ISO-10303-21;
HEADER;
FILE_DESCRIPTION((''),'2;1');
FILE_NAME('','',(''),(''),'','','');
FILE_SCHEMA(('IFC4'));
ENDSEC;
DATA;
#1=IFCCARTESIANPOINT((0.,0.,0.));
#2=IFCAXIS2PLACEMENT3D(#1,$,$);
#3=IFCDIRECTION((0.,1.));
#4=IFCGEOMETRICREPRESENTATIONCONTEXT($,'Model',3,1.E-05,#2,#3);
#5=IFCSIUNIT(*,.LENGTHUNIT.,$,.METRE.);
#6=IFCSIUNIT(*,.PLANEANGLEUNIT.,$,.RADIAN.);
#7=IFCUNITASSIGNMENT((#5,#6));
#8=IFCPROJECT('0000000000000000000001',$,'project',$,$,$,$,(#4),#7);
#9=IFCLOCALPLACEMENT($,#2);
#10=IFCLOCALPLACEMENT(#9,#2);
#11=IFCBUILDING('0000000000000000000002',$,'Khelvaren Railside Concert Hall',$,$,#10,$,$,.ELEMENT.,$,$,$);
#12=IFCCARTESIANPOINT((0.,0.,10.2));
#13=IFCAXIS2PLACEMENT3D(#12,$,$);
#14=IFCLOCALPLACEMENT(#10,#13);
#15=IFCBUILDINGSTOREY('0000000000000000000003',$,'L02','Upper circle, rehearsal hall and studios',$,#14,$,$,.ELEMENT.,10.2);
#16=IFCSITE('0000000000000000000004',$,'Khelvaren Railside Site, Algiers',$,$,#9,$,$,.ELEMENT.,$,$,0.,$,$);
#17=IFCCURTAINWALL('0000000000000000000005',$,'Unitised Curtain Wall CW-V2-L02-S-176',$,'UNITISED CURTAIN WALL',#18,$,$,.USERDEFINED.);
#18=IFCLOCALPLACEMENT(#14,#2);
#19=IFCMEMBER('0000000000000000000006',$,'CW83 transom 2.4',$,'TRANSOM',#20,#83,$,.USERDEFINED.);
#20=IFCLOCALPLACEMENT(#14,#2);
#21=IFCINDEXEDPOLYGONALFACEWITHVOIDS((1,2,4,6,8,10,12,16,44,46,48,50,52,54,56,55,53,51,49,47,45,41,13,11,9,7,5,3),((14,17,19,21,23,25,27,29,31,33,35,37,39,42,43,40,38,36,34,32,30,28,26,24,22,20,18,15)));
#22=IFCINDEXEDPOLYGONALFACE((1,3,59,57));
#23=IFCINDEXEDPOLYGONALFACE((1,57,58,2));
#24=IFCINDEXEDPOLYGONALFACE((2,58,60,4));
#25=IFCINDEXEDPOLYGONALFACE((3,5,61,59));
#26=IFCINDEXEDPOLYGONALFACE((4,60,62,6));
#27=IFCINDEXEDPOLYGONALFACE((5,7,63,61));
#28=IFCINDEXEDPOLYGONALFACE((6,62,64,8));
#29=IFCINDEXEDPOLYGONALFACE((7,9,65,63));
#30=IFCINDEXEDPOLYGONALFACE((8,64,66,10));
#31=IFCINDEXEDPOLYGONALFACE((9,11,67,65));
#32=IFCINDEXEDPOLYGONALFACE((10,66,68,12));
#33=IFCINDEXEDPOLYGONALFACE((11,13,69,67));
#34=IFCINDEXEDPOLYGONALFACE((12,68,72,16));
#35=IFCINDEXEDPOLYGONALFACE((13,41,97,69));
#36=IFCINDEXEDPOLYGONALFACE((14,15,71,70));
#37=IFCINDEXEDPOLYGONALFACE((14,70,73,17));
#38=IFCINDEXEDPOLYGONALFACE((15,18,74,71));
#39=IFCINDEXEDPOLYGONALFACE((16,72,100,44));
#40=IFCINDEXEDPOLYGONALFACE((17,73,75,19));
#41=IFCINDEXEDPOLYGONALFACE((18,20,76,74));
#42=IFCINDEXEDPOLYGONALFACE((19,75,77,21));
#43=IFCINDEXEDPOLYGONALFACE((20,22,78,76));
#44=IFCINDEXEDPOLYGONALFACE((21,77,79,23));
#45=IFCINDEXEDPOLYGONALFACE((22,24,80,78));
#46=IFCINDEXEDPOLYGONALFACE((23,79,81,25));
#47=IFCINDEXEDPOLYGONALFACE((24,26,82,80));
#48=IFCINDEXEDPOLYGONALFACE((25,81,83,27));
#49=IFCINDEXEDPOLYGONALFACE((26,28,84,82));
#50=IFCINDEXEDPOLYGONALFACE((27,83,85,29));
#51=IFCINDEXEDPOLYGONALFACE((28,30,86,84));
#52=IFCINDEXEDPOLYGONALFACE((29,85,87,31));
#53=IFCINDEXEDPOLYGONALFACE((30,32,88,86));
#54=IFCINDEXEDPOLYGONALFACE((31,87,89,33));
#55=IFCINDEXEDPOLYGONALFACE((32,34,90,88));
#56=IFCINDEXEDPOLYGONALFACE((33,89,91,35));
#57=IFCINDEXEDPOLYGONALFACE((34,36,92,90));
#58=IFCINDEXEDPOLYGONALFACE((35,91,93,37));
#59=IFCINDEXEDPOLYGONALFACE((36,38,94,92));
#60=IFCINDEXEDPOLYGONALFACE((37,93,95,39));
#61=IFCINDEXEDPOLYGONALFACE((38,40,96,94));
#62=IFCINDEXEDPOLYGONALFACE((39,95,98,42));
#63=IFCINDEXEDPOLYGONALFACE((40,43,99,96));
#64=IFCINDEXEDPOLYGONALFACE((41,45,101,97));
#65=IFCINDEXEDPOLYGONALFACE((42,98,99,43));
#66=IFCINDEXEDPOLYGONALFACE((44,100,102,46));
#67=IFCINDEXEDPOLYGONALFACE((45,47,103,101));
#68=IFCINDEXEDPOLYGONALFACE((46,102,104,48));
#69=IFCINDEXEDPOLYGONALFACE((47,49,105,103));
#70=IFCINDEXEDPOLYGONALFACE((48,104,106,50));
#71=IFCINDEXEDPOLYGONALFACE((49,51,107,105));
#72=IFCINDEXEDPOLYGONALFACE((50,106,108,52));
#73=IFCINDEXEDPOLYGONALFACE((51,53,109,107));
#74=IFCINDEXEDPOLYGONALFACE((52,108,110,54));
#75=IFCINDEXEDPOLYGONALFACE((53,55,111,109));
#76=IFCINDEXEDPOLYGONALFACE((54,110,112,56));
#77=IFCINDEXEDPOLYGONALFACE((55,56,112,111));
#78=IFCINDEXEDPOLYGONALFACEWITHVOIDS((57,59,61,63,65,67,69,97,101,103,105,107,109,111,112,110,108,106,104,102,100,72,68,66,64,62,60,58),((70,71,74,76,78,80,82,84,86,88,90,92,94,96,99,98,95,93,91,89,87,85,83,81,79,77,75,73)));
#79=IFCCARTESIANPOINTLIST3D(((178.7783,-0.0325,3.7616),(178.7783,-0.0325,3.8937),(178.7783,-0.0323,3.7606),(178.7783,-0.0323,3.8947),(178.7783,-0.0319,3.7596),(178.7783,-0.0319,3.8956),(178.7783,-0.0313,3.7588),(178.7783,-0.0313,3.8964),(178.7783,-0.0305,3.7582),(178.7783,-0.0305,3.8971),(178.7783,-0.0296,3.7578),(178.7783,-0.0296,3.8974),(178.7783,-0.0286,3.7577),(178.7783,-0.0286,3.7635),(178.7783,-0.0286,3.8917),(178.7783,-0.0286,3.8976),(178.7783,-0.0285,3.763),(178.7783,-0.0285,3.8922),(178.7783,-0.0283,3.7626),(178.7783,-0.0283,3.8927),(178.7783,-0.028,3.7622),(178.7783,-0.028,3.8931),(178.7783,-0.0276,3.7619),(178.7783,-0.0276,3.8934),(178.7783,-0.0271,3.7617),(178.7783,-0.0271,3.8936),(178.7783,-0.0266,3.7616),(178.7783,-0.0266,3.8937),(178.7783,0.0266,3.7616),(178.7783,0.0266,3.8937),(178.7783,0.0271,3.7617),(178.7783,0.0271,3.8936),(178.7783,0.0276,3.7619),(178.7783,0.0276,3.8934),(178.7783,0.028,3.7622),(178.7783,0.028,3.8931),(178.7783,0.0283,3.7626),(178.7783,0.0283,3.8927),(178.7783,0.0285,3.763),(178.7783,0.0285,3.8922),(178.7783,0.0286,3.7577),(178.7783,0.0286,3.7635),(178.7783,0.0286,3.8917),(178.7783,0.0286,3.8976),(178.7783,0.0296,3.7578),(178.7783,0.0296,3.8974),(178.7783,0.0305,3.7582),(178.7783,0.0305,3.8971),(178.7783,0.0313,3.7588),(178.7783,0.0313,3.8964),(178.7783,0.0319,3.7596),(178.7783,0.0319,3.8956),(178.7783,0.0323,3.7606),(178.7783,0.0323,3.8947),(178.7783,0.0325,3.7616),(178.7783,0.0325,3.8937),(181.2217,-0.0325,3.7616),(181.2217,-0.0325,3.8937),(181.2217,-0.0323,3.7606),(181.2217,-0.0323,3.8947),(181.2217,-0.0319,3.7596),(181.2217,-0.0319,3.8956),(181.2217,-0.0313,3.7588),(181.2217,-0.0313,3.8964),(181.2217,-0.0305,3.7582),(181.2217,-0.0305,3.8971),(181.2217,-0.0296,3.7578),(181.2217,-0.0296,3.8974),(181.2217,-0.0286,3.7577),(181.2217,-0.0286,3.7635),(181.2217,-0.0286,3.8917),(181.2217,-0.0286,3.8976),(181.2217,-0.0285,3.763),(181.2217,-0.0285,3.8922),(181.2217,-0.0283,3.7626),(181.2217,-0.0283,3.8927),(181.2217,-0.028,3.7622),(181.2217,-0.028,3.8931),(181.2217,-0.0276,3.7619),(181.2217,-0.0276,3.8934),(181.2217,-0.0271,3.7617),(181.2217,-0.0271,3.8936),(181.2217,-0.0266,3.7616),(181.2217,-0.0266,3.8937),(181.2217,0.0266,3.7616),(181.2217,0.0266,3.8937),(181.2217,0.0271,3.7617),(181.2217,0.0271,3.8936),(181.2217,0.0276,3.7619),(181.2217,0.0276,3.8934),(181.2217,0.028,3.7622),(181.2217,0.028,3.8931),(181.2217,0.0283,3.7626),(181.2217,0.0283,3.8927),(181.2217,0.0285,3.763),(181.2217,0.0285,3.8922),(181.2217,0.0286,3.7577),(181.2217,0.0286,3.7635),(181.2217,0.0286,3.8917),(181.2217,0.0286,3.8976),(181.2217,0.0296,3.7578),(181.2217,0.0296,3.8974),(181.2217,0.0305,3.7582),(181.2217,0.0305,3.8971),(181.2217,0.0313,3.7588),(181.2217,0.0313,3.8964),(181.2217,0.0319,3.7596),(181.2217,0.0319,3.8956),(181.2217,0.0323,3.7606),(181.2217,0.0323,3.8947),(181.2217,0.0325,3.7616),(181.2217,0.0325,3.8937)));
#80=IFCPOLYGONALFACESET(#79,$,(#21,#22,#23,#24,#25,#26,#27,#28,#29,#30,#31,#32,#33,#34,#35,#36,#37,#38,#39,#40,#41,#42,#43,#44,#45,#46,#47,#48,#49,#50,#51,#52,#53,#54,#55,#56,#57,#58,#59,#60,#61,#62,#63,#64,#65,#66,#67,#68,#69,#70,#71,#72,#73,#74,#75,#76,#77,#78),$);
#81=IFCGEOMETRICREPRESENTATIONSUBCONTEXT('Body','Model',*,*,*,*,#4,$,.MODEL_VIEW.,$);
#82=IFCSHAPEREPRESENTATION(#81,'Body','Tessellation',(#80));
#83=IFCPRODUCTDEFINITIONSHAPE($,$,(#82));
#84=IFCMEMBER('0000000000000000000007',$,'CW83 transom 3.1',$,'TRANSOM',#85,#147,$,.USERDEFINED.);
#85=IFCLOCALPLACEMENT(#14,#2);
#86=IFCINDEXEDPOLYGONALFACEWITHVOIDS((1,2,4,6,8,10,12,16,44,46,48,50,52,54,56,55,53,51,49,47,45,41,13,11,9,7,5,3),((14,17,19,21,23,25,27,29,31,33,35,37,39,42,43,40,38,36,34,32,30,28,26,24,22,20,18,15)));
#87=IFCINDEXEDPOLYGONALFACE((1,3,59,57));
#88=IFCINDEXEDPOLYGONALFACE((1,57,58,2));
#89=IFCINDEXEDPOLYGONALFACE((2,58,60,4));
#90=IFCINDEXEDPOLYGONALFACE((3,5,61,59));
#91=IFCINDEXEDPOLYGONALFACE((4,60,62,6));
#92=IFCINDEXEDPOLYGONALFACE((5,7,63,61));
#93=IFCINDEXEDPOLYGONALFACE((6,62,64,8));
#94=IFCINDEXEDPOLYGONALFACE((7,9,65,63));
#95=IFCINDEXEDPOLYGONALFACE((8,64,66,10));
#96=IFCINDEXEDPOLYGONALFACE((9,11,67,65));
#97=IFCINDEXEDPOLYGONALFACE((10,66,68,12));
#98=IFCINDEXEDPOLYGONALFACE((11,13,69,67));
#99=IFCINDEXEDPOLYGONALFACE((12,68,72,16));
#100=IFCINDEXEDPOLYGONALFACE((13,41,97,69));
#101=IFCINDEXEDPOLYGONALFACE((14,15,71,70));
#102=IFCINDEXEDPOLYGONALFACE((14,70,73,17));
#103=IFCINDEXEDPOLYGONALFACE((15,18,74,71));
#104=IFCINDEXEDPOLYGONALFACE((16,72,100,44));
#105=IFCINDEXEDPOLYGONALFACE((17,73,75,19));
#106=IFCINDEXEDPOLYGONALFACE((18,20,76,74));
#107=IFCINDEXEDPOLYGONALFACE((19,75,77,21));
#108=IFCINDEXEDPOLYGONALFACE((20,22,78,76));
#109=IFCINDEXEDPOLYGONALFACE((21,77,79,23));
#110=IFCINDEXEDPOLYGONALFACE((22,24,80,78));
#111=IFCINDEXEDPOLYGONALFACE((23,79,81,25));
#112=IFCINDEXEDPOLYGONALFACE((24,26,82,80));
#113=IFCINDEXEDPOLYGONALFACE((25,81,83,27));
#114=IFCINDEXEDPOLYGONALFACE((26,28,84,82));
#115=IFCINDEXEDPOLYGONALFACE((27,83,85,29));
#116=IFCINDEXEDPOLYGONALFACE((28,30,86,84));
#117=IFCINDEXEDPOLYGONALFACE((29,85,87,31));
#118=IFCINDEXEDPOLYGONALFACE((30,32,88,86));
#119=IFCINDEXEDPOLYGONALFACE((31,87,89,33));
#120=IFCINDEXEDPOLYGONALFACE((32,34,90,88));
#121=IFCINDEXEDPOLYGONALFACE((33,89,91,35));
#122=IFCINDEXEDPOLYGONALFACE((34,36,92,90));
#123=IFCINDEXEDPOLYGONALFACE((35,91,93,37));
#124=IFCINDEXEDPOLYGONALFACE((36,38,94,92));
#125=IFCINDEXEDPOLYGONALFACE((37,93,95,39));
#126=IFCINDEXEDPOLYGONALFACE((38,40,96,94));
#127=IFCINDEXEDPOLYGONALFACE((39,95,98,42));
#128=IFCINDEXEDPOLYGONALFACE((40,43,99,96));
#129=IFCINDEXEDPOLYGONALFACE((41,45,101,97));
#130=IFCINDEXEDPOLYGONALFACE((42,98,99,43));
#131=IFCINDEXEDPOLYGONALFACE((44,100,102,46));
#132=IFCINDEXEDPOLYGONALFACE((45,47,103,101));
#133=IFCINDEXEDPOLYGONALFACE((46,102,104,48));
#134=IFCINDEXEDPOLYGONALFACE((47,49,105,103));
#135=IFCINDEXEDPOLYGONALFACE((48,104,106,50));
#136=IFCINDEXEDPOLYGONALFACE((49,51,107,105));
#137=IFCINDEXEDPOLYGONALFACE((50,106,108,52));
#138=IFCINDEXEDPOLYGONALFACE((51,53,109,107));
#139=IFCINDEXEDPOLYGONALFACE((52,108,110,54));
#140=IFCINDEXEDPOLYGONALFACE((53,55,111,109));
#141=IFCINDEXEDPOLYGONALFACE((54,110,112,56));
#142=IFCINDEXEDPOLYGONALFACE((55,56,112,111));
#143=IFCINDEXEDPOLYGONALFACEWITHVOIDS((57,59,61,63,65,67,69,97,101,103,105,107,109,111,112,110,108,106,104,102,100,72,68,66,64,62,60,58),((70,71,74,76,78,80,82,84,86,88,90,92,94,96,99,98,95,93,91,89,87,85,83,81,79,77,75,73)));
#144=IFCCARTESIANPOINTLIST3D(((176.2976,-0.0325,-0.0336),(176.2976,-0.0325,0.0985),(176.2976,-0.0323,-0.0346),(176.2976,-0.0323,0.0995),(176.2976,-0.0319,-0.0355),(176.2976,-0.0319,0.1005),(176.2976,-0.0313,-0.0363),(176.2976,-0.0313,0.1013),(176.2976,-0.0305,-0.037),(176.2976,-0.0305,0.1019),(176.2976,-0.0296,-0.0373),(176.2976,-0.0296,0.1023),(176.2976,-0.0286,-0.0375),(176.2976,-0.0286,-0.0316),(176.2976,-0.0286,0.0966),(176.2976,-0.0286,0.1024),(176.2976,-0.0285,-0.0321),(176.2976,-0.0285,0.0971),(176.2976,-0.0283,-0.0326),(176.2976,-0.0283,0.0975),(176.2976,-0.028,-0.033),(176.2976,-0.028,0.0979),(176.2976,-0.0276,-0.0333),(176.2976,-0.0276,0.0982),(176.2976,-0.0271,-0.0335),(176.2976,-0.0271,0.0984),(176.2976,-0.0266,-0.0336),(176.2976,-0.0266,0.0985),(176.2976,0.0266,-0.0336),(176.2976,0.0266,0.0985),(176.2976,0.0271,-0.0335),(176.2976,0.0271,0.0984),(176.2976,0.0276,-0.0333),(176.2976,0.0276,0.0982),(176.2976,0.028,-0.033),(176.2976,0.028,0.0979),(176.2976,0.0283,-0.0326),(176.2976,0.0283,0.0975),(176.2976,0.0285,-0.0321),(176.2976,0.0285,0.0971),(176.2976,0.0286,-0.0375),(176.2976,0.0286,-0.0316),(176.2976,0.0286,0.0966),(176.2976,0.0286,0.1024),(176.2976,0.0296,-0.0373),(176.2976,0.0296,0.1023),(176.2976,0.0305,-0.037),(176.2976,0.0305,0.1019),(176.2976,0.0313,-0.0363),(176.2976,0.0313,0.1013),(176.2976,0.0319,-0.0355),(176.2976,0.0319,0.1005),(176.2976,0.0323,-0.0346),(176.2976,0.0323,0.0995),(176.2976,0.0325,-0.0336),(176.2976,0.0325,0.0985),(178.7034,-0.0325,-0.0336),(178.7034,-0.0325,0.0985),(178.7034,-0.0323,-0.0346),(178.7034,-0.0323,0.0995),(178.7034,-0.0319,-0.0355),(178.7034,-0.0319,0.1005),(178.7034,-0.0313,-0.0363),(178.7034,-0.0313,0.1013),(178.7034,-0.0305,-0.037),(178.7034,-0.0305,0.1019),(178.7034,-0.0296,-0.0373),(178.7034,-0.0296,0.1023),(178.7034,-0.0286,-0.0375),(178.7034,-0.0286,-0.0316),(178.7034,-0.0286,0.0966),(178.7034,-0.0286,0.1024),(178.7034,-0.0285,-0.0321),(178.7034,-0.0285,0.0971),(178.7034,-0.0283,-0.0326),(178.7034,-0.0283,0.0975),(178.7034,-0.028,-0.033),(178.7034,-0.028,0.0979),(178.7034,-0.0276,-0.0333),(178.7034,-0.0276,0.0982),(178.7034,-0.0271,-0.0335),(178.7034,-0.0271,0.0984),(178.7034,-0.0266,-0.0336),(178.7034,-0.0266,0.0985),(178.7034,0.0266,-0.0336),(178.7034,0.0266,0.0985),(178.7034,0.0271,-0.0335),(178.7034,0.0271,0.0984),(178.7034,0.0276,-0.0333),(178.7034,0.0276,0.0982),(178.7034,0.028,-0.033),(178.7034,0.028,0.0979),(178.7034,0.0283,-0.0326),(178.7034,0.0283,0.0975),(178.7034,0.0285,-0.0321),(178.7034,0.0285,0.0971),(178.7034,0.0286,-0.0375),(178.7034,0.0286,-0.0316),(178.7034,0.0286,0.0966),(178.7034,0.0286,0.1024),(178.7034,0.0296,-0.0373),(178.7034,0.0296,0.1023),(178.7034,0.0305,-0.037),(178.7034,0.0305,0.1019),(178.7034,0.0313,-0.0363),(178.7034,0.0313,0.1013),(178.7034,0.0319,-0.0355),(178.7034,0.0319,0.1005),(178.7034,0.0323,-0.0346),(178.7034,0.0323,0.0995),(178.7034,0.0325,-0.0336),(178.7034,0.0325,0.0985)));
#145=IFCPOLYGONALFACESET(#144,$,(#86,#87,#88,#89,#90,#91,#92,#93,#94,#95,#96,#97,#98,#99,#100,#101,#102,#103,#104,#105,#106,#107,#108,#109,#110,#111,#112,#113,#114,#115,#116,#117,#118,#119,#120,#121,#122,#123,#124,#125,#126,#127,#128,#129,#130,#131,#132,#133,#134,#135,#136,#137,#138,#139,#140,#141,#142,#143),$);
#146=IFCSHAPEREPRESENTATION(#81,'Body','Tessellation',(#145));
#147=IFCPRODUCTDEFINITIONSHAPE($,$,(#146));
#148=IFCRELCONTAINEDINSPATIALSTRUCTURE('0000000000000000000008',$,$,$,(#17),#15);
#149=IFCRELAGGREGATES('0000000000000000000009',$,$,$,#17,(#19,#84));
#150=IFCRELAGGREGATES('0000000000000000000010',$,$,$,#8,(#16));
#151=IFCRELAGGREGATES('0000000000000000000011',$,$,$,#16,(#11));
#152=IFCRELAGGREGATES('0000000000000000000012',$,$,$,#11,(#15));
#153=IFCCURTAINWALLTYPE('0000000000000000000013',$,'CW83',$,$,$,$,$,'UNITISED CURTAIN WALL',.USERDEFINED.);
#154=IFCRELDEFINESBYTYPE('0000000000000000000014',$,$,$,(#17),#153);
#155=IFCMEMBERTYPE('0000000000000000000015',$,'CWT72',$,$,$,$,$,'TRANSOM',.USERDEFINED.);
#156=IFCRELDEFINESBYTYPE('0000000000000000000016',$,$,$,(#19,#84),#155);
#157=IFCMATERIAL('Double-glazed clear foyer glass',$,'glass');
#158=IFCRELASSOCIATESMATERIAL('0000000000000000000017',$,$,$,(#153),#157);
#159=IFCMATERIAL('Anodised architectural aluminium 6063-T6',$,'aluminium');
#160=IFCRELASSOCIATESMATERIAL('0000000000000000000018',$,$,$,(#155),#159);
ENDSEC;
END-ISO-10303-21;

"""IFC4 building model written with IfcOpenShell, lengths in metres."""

from ifc_helpers import new_model, si_unit, direction, frame, origin, origin_2d, place, context, subcontext, project, spatial, hollow_rectangle, extrude, material, material_profile, profile_set, type_object, element, aggregate, save


model = new_model("IFC4")

# Units and contexts
model_context = context("Model", 3, precision=1e-05, world=origin(), true_north=direction((0.0, 1.0)))
body_context = subcontext(model_context, "Body", "Model", "MODEL_VIEW")
ifc_project = project(units=[si_unit("LENGTHUNIT", "METRE"), si_unit("PLANEANGLEUNIT", "RADIAN")], contexts=[model_context])

# Site, building, storey
site_placement = place(None, origin())
site = spatial("IfcSite", under=ifc_project, at=site_placement, Name="Khelvaren Railside Site, Algiers", CompositionType="ELEMENT", RefElevation=0.0)
building_placement = place(site_placement, origin())
building = spatial("IfcBuilding", under=site, at=building_placement, Name="Khelvaren Railside Concert Hall", CompositionType="ELEMENT")
storey_placement = place(building_placement, frame((0.0, 0.0, 10.2)))
storey = spatial("IfcBuildingStorey", under=building, at=storey_placement, Name="L02", Description="Upper circle, rehearsal hall and studios", CompositionType="ELEMENT", Elevation=10.2)

# Curtain wall, members
ifc_material_1 = material(Name="Double-glazed clear foyer glass", Category="glass")
curtain_wall_type = type_object("IfcCurtainWallType", Name="CW83", ElementType="UNITISED CURTAIN WALL", PredefinedType="USERDEFINED", material=ifc_material_1)
curtain_wall_placement = place(storey_placement, origin())
curtain_wall = element("IfcCurtainWall", 1, at=curtain_wall_placement, inside=storey, type_object=curtain_wall_type, Name="Unitised Curtain Wall CW-V2-L02-S-176", ObjectType="UNITISED CURTAIN WALL", PredefinedType="USERDEFINED")
ifc_material_2 = material(Name="Anodised architectural aluminium 6063-T6", Category="aluminium")
ifc_material_profile_1 = material_profile(ifc_material_2, hollow_rectangle(XDim=0.0649, YDim=0.1399, WallThickness=0.0039, InnerFilletRadius=0.002, OuterFilletRadius=0.0039, at=origin_2d()), Name="CWT 65x140x4")
ifc_profile_set_1 = profile_set([ifc_material_profile_1], Name="Anodised architectural aluminium 6063-T6")
member_type_1 = type_object("IfcMemberType", Name="CWT72", ElementType="TRANSOM", PredefinedType="USERDEFINED", material=ifc_profile_set_1)
member_1_placement = place(storey_placement, frame((181.2217, 0.0, 3.8276), z_axis=(-1.0, 0.0, 0.0), x_axis=(0.0, -1.0, 0.0)))
member_1 = element("IfcMember", 2, at=member_1_placement, type_object=member_type_1, Name="CW83 transom 2.4", ObjectType="TRANSOM", PredefinedType="USERDEFINED", context=body_context, shape_type="SweptSolid", body=[
    extrude(hollow_rectangle(XDim=0.0649, YDim=0.1399, WallThickness=0.0039, InnerFilletRadius=0.002, OuterFilletRadius=0.0039, at=origin_2d()), origin(), (0.0, 0.0, 1.0), 2.4434),
])
member_2_placement = place(storey_placement, frame((178.7034, 0.0, 0.0325), z_axis=(-1.0, 0.0, 0.0), x_axis=(0.0, -1.0, 0.0)))
member_2 = element("IfcMember", 3, at=member_2_placement, type_object=member_type_1, Name="CW83 transom 3.1", ObjectType="TRANSOM", PredefinedType="USERDEFINED", context=body_context, shape_type="SweptSolid", body=[
    extrude(hollow_rectangle(XDim=0.0649, YDim=0.1399, WallThickness=0.0039, InnerFilletRadius=0.002, OuterFilletRadius=0.0039, at=origin_2d()), origin(), (0.0, 0.0, 1.0), 2.4058),
])

aggregate(curtain_wall, [member_1, member_2])

save(model, "model.ifc")
